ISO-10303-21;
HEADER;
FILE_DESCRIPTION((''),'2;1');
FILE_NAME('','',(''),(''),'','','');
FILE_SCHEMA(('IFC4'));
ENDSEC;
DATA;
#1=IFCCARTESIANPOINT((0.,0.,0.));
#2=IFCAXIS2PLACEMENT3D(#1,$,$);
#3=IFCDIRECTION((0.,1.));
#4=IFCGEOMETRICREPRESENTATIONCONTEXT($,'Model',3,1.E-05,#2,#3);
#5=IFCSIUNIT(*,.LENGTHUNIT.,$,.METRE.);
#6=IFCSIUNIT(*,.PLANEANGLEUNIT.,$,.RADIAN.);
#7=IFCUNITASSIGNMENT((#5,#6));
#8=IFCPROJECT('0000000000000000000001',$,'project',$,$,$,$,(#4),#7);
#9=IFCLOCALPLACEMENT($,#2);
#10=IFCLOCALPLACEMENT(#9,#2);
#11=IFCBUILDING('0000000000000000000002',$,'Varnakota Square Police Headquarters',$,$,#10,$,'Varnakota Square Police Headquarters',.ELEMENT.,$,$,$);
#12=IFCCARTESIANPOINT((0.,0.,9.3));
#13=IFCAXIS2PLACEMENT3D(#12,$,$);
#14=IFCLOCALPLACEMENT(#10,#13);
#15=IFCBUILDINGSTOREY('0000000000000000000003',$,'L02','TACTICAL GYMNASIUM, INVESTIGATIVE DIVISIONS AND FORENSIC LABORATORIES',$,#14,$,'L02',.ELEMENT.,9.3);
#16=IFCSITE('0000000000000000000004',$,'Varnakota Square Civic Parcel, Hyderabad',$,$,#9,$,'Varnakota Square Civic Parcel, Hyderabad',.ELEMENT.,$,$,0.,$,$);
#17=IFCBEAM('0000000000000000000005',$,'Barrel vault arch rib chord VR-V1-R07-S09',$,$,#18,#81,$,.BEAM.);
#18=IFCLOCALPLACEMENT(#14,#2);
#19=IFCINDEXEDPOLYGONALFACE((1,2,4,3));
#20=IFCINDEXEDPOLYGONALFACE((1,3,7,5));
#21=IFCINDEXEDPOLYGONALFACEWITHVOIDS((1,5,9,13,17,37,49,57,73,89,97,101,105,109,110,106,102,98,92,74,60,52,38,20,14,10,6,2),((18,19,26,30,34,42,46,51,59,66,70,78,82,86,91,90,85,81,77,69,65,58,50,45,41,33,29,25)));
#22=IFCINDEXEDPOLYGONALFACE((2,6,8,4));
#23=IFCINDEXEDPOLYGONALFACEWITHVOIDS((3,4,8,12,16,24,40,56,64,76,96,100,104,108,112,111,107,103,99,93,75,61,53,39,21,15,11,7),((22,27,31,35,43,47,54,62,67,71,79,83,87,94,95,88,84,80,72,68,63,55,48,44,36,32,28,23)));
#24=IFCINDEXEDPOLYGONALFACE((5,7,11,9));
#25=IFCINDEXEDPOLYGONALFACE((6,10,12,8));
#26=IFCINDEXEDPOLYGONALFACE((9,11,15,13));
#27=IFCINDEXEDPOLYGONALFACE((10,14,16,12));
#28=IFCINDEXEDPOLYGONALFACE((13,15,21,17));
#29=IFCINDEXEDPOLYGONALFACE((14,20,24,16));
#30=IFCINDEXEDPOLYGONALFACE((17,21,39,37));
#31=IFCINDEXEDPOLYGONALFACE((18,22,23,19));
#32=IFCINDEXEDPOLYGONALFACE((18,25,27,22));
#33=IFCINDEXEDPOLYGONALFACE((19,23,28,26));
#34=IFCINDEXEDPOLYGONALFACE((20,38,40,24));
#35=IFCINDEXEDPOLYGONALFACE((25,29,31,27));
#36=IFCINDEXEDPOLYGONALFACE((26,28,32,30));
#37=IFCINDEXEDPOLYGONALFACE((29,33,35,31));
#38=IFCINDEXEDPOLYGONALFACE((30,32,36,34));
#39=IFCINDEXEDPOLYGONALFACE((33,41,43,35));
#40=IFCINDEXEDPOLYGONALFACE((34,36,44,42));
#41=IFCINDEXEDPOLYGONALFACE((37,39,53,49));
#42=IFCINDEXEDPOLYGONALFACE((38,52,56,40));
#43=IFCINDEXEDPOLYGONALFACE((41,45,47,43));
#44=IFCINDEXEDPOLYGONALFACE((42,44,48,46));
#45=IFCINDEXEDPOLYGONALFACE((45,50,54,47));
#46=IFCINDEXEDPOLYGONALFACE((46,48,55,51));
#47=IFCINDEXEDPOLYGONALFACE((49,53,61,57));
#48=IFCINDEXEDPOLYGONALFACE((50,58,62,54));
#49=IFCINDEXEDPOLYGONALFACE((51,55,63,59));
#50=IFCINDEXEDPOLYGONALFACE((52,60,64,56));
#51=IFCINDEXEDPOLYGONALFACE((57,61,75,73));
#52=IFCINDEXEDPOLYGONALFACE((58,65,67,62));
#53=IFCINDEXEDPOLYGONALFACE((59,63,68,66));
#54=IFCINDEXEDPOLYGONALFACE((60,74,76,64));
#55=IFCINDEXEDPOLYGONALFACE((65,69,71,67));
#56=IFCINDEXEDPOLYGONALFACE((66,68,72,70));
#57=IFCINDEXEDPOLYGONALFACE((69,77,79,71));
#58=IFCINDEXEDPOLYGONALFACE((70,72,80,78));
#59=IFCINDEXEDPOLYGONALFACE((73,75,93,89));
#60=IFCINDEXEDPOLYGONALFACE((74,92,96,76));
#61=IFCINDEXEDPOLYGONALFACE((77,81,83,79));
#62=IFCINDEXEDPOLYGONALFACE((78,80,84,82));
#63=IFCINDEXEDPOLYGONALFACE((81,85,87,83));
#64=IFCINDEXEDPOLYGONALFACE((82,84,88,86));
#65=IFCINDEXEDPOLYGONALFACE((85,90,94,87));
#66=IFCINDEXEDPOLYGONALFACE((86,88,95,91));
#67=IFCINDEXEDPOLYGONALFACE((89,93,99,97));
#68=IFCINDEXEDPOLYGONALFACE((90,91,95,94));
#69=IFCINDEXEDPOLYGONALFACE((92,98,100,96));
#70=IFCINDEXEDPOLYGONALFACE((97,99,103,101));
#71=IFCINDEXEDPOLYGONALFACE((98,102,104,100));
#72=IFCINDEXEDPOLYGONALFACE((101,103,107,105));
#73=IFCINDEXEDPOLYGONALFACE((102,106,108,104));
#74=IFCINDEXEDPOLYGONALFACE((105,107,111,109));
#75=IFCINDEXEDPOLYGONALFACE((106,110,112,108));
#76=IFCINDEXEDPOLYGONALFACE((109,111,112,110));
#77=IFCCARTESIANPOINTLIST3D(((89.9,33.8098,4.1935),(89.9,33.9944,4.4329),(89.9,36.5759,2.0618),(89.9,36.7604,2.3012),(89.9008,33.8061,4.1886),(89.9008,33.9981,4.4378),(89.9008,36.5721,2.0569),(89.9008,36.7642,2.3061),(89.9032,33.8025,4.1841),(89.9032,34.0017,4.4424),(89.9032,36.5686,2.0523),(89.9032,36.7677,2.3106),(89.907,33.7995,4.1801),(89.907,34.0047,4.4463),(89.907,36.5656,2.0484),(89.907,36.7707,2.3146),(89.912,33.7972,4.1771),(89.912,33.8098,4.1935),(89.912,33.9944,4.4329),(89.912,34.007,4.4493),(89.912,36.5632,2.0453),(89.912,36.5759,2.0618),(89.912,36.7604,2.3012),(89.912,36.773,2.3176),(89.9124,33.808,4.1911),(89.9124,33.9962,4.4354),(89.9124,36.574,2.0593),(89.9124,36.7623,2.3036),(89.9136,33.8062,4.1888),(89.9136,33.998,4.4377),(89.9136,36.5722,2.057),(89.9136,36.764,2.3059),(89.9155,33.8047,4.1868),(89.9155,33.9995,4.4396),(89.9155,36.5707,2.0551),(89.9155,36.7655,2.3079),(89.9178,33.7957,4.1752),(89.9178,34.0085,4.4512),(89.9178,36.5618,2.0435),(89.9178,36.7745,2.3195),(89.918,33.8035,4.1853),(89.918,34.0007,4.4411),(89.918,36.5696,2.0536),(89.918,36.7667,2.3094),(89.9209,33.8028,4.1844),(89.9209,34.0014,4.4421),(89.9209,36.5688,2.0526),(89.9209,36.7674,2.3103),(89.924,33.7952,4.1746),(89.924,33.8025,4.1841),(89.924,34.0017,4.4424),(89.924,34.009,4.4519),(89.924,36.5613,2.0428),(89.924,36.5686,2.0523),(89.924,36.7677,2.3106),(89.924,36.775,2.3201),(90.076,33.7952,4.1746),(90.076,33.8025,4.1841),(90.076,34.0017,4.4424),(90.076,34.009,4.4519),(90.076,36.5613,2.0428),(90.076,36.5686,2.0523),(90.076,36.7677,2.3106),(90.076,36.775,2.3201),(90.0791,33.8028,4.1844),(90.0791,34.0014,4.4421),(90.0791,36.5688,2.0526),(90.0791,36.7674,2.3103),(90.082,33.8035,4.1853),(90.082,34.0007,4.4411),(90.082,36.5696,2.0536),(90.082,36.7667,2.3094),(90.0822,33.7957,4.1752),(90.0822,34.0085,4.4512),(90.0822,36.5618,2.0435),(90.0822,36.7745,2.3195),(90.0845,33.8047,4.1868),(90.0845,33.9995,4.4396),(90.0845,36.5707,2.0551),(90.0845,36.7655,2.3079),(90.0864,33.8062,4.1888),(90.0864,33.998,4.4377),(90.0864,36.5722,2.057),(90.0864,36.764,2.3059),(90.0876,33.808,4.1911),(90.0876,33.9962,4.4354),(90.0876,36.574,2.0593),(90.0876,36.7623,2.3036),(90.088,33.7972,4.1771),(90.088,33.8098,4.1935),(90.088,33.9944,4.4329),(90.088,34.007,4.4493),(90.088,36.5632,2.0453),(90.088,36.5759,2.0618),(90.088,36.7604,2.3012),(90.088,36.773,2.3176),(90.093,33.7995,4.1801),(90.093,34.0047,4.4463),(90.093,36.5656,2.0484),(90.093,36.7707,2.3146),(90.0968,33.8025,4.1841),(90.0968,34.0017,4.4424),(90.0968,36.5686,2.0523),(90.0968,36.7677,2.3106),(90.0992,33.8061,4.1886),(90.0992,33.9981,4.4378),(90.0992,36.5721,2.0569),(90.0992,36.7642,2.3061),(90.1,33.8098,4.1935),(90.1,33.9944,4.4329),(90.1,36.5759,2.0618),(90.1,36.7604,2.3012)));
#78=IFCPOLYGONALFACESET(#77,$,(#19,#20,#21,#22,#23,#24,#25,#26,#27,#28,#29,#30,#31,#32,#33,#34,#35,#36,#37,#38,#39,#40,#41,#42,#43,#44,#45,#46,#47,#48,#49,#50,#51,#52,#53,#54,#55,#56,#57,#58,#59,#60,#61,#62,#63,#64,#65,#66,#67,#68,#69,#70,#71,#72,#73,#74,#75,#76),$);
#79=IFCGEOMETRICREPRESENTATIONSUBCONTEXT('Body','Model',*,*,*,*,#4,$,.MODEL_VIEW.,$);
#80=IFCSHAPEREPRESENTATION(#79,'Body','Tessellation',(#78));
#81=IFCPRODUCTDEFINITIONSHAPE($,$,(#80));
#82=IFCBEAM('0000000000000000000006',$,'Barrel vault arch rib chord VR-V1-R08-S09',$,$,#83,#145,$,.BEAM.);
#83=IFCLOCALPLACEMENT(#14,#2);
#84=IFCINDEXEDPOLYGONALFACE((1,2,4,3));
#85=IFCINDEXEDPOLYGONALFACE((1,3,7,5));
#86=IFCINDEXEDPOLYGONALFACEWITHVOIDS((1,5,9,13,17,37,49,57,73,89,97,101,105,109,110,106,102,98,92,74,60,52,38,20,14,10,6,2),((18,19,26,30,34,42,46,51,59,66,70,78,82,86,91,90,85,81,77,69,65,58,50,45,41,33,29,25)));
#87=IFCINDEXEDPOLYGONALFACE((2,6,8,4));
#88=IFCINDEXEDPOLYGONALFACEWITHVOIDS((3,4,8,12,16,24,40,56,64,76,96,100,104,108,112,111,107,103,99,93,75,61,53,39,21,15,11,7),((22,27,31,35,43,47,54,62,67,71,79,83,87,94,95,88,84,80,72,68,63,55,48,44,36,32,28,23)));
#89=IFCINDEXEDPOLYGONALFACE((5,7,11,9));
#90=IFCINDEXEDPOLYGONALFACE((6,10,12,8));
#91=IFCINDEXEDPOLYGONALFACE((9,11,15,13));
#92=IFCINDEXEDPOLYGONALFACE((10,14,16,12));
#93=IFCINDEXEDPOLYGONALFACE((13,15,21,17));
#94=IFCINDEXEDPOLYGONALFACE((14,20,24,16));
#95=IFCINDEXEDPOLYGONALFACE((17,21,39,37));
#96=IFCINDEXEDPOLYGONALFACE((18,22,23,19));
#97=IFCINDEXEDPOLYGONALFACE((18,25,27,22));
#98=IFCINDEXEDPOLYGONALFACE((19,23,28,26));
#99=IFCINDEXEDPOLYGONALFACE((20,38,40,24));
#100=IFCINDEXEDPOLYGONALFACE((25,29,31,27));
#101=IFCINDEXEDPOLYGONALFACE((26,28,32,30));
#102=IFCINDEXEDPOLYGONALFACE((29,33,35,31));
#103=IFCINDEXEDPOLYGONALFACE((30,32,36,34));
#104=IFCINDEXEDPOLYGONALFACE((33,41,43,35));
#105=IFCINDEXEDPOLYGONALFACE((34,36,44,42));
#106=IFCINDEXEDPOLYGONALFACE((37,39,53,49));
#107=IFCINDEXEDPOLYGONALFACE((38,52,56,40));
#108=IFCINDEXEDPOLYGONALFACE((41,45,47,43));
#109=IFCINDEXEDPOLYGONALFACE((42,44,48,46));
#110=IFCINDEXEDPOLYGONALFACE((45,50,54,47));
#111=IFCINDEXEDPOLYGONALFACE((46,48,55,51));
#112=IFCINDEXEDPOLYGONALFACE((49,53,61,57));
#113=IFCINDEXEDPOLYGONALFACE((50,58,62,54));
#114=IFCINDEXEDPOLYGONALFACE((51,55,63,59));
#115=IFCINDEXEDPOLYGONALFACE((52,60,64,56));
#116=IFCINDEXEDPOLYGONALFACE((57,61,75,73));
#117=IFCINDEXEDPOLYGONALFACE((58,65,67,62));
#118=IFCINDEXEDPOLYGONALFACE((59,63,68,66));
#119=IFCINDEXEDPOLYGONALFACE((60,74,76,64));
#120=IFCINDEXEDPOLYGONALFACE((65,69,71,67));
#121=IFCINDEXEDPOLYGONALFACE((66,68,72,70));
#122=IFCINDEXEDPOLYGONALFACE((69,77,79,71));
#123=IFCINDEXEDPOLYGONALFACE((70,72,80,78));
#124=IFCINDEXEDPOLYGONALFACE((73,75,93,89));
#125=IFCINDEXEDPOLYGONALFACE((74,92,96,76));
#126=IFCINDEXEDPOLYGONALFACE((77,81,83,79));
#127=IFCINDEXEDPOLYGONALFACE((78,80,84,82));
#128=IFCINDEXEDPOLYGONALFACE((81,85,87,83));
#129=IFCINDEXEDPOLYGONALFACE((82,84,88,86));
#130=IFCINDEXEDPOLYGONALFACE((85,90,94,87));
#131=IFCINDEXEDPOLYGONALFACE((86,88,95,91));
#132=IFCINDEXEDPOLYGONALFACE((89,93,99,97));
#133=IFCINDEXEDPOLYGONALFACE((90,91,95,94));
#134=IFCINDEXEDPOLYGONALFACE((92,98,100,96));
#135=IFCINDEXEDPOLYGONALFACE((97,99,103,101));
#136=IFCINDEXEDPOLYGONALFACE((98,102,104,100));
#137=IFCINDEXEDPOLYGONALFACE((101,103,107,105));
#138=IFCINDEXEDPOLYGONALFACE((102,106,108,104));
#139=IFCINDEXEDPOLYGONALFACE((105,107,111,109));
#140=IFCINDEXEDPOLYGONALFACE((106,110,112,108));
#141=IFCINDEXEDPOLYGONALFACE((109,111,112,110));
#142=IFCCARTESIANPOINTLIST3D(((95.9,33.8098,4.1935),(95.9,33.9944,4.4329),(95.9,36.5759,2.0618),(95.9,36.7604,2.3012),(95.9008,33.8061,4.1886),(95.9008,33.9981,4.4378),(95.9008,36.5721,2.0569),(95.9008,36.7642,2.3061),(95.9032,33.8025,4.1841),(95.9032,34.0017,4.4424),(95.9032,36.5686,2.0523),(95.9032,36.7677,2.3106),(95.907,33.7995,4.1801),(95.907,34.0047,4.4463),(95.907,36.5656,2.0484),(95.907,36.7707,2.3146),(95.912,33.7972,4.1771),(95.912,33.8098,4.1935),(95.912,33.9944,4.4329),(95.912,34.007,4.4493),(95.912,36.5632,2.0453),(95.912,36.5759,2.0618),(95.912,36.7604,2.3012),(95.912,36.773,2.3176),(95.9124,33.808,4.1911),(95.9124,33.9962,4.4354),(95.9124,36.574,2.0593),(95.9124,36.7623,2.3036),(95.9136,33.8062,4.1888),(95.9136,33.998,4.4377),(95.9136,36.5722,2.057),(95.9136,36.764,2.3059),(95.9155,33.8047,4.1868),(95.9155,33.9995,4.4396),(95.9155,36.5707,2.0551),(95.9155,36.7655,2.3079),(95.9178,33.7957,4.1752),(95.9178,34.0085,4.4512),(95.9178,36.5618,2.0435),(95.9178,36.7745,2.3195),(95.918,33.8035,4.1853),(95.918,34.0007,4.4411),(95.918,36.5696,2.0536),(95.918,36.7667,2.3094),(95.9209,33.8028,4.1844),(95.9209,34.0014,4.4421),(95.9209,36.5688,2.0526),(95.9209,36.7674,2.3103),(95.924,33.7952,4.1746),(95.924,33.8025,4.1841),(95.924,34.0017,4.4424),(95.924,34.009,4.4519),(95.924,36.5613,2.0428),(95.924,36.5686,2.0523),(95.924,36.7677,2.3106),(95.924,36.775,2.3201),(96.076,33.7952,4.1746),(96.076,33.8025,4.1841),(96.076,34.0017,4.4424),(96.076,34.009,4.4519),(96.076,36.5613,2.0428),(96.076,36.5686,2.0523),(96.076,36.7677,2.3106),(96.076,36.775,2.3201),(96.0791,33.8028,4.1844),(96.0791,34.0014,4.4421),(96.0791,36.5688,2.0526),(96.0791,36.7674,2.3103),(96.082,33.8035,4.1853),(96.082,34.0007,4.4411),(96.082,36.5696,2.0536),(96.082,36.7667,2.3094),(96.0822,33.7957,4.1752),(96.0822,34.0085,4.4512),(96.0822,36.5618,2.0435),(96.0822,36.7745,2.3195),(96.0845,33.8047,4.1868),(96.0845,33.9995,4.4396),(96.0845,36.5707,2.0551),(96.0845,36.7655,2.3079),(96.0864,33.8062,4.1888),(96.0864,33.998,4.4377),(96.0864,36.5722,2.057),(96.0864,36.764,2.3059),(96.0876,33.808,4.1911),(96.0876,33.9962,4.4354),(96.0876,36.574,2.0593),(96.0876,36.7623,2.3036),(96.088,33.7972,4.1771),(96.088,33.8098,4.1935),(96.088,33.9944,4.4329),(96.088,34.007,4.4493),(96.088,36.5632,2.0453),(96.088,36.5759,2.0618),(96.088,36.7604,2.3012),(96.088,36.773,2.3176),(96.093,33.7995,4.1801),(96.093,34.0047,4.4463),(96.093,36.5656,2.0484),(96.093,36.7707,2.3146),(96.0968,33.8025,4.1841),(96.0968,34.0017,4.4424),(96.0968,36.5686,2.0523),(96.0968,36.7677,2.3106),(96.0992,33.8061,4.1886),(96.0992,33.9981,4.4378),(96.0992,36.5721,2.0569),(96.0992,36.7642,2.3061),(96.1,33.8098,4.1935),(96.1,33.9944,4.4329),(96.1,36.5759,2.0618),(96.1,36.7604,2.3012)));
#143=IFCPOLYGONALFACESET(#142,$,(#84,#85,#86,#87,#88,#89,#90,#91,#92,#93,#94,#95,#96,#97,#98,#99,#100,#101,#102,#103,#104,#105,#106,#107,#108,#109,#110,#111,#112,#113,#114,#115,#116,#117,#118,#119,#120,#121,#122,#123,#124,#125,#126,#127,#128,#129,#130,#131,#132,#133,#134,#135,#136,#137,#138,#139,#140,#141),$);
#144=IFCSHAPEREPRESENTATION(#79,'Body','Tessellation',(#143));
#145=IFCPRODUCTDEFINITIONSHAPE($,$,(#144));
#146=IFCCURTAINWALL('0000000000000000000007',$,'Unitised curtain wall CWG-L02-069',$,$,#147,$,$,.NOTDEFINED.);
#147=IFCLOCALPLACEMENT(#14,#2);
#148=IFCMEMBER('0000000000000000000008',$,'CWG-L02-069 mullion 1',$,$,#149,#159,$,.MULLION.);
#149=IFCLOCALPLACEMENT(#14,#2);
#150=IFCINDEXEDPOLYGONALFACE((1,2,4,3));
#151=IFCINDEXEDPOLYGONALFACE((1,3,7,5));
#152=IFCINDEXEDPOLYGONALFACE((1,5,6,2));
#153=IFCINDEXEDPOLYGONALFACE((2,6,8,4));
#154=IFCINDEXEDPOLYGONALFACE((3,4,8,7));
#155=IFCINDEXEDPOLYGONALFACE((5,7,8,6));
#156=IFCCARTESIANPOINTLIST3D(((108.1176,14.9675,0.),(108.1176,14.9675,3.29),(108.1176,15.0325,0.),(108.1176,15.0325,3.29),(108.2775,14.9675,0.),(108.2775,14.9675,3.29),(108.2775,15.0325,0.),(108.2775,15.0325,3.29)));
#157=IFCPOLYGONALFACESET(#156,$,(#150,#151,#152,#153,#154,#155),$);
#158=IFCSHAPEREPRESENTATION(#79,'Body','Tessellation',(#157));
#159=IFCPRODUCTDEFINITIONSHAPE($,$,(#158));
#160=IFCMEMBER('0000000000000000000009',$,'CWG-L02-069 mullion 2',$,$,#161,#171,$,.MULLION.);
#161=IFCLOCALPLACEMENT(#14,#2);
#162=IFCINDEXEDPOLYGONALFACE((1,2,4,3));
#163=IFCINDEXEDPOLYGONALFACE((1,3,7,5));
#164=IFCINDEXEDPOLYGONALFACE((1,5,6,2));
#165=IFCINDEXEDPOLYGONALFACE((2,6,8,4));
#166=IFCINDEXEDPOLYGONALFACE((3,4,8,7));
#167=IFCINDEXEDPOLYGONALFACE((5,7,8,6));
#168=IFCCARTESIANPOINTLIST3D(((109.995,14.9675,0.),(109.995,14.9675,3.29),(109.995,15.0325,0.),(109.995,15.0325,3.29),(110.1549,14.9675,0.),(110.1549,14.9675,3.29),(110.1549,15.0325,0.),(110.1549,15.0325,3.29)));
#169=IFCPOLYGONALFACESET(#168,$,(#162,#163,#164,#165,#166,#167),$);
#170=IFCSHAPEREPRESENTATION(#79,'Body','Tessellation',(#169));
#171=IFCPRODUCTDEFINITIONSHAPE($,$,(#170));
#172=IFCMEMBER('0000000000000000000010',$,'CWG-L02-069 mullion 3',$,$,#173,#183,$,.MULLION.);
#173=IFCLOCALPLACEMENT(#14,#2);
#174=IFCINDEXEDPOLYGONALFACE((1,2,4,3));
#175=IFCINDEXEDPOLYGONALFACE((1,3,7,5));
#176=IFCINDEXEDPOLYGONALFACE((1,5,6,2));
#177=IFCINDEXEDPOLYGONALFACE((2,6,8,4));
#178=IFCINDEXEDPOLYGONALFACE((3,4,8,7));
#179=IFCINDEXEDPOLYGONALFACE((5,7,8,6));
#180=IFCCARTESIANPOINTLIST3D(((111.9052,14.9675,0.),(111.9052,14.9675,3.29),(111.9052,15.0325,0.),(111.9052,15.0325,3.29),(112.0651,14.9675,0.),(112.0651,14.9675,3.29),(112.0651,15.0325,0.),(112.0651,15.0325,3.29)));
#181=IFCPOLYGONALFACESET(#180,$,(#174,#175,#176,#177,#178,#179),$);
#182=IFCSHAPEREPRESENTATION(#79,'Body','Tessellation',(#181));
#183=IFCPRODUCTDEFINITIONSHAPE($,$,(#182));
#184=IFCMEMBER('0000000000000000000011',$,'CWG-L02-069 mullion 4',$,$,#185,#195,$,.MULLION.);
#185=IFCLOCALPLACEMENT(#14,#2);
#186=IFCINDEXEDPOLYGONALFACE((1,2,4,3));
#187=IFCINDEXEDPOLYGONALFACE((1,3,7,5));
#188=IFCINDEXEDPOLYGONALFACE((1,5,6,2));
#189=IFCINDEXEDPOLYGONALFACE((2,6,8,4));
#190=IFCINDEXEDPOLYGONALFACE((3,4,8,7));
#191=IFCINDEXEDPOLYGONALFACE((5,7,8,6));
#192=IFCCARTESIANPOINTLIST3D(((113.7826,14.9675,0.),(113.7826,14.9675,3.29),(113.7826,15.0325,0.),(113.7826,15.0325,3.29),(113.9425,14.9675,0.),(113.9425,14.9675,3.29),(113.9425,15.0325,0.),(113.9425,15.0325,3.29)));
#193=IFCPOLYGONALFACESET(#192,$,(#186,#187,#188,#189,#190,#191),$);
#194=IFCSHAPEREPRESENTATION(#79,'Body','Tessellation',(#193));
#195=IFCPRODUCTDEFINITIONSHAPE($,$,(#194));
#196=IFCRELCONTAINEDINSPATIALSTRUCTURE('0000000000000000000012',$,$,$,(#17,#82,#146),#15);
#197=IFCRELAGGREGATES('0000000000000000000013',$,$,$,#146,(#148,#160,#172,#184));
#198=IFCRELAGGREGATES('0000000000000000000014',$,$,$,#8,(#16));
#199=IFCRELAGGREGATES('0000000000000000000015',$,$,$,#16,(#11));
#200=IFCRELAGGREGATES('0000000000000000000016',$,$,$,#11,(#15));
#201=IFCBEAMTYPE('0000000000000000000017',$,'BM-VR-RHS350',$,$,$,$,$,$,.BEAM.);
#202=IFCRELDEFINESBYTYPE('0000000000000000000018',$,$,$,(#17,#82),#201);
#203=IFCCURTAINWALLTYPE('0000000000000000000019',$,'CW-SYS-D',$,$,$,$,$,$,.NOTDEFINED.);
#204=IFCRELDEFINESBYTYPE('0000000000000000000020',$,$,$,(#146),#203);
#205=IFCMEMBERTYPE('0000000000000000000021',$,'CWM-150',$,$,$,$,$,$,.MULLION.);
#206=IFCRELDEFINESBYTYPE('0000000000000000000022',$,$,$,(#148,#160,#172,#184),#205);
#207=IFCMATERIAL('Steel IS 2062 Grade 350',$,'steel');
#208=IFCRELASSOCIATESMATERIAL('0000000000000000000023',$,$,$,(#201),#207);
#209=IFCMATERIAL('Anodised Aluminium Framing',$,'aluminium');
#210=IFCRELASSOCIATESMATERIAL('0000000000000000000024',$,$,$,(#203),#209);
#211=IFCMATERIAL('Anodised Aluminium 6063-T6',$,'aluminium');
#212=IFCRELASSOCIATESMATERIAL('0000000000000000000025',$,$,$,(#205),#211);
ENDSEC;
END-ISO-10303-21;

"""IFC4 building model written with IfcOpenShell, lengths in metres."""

from ifc_helpers import new_model, si_unit, direction, frame, origin, origin_2d, place, context, subcontext, project, spatial, rectangle, hollow_rectangle, extrude, material, material_profile, profile_set, type_object, element, aggregate, save


model = new_model("IFC4")

# Units and contexts
model_context = context("Model", 3, precision=1e-05, world=origin(), true_north=direction((0.0, 1.0)))
body_context = subcontext(model_context, "Body", "Model", "MODEL_VIEW")
ifc_project = project(units=[si_unit("LENGTHUNIT", "METRE"), si_unit("PLANEANGLEUNIT", "RADIAN")], contexts=[model_context])

# Site, building, storey
site_placement = place(None, origin())
site = spatial("IfcSite", under=ifc_project, at=site_placement, Name="Varnakota Square Civic Parcel, Hyderabad", LongName="Varnakota Square Civic Parcel, Hyderabad", CompositionType="ELEMENT", RefElevation=0.0)
building_placement = place(site_placement, origin())
building = spatial("IfcBuilding", under=site, at=building_placement, Name="Varnakota Square Police Headquarters", LongName="Varnakota Square Police Headquarters", CompositionType="ELEMENT")
storey_placement = place(building_placement, frame((0.0, 0.0, 9.3)))
storey = spatial("IfcBuildingStorey", under=building, at=storey_placement, Name="L02", Description="TACTICAL GYMNASIUM, INVESTIGATIVE DIVISIONS AND FORENSIC LABORATORIES", LongName="L02", CompositionType="ELEMENT", Elevation=9.3)

# Shared definitions
ifc_material_1 = material(Name="Steel IS 2062 Grade 350", Category="steel")

# Beams
ifc_material_profile_1 = material_profile(ifc_material_1, hollow_rectangle(XDim=0.2, YDim=0.3501, WallThickness=0.012, InnerFilletRadius=0.012, OuterFilletRadius=0.0239, at=origin_2d()), Name="RHS 350x200x12")
ifc_profile_set_1 = profile_set([ifc_material_profile_1], Name="Steel IS 2062 Grade 350")
beam_type_1 = type_object("IfcBeamType", Name="BM-VR-RHS350", PredefinedType="BEAM", material=ifc_profile_set_1)
for number, where, z_axis, x_axis, name in (
    (1, (90.0, 33.9021, 4.3132), (0.0, 0.792062, -0.61044), (-1.0, 0.0, 0.0), "Barrel vault arch rib chord VR-V1-R07-S09"),
    (2, (96.0, 33.9021, 4.3132), (0.0, 0.792062, -0.61044), (-1.0, 0.0, 0.0), "Barrel vault arch rib chord VR-V1-R08-S09"),
):
    element("IfcBeam", number, at=place(storey_placement, frame(where, z_axis=z_axis, x_axis=x_axis)), inside=storey, type_object=beam_type_1, Name=name, PredefinedType="BEAM", context=body_context, shape_type="SweptSolid", body=[
        extrude(hollow_rectangle(XDim=0.2, YDim=0.3501, WallThickness=0.012, InnerFilletRadius=0.012, OuterFilletRadius=0.0239, at=origin_2d()), origin(), (0.0, 0.0, 1.0), 3.4922),
    ])

# Curtain wall, members
ifc_material_2 = material(Name="Anodised Aluminium Framing", Category="aluminium")
curtain_wall_type = type_object("IfcCurtainWallType", Name="CW-SYS-D", PredefinedType="NOTDEFINED", material=ifc_material_2)
curtain_wall_placement = place(storey_placement, origin())
curtain_wall = element("IfcCurtainWall", 3, at=curtain_wall_placement, inside=storey, type_object=curtain_wall_type, Name="Unitised curtain wall CWG-L02-069", PredefinedType="NOTDEFINED")
ifc_material_3 = material(Name="Anodised Aluminium 6063-T6", Category="aluminium")
ifc_material_profile_2 = material_profile(ifc_material_3, rectangle(XDim=0.0649, YDim=0.1599, at=origin_2d()), Name="ALU MULLION 65x160")
ifc_profile_set_2 = profile_set([ifc_material_profile_2], Name="Anodised Aluminium 6063-T6")
member_type_1 = type_object("IfcMemberType", Name="CWM-150", PredefinedType="MULLION", material=ifc_profile_set_2)
member_1_placement = place(storey_placement, frame((108.1975, 15.0, 0.0), z_axis=(0.0, 0.0, 1.0), x_axis=(0.0, 1.0, 0.0)))
member_1 = element("IfcMember", 4, at=member_1_placement, type_object=member_type_1, Name="CWG-L02-069 mullion 1", PredefinedType="MULLION", context=body_context, shape_type="SweptSolid", body=[
    extrude(rectangle(XDim=0.0649, YDim=0.1599, at=origin_2d()), origin(), (0.0, 0.0, 1.0), 3.29),
])
member_2_placement = place(storey_placement, frame((110.075, 15.0, 0.0), z_axis=(0.0, 0.0, 1.0), x_axis=(0.0, 1.0, 0.0)))
member_2 = element("IfcMember", 5, at=member_2_placement, type_object=member_type_1, Name="CWG-L02-069 mullion 2", PredefinedType="MULLION", context=body_context, shape_type="SweptSolid", body=[
    extrude(rectangle(XDim=0.0649, YDim=0.1599, at=origin_2d()), origin(), (0.0, 0.0, 1.0), 3.29),
])
member_3_placement = place(storey_placement, frame((111.9851, 15.0, 0.0), z_axis=(0.0, 0.0, 1.0), x_axis=(0.0, 1.0, 0.0)))
member_3 = element("IfcMember", 6, at=member_3_placement, type_object=member_type_1, Name="CWG-L02-069 mullion 3", PredefinedType="MULLION", context=body_context, shape_type="SweptSolid", body=[
    extrude(rectangle(XDim=0.0649, YDim=0.1599, at=origin_2d()), origin(), (0.0, 0.0, 1.0), 3.29),
])
member_4_placement = place(storey_placement, frame((113.8625, 15.0, 0.0), z_axis=(0.0, 0.0, 1.0), x_axis=(0.0, 1.0, 0.0)))
member_4 = element("IfcMember", 7, at=member_4_placement, type_object=member_type_1, Name="CWG-L02-069 mullion 4", PredefinedType="MULLION", context=body_context, shape_type="SweptSolid", body=[
    extrude(rectangle(XDim=0.0649, YDim=0.1599, at=origin_2d()), origin(), (0.0, 0.0, 1.0), 3.29),
])

aggregate(curtain_wall, [member_1, member_2, member_3, member_4])

save(model, "model.ifc")
